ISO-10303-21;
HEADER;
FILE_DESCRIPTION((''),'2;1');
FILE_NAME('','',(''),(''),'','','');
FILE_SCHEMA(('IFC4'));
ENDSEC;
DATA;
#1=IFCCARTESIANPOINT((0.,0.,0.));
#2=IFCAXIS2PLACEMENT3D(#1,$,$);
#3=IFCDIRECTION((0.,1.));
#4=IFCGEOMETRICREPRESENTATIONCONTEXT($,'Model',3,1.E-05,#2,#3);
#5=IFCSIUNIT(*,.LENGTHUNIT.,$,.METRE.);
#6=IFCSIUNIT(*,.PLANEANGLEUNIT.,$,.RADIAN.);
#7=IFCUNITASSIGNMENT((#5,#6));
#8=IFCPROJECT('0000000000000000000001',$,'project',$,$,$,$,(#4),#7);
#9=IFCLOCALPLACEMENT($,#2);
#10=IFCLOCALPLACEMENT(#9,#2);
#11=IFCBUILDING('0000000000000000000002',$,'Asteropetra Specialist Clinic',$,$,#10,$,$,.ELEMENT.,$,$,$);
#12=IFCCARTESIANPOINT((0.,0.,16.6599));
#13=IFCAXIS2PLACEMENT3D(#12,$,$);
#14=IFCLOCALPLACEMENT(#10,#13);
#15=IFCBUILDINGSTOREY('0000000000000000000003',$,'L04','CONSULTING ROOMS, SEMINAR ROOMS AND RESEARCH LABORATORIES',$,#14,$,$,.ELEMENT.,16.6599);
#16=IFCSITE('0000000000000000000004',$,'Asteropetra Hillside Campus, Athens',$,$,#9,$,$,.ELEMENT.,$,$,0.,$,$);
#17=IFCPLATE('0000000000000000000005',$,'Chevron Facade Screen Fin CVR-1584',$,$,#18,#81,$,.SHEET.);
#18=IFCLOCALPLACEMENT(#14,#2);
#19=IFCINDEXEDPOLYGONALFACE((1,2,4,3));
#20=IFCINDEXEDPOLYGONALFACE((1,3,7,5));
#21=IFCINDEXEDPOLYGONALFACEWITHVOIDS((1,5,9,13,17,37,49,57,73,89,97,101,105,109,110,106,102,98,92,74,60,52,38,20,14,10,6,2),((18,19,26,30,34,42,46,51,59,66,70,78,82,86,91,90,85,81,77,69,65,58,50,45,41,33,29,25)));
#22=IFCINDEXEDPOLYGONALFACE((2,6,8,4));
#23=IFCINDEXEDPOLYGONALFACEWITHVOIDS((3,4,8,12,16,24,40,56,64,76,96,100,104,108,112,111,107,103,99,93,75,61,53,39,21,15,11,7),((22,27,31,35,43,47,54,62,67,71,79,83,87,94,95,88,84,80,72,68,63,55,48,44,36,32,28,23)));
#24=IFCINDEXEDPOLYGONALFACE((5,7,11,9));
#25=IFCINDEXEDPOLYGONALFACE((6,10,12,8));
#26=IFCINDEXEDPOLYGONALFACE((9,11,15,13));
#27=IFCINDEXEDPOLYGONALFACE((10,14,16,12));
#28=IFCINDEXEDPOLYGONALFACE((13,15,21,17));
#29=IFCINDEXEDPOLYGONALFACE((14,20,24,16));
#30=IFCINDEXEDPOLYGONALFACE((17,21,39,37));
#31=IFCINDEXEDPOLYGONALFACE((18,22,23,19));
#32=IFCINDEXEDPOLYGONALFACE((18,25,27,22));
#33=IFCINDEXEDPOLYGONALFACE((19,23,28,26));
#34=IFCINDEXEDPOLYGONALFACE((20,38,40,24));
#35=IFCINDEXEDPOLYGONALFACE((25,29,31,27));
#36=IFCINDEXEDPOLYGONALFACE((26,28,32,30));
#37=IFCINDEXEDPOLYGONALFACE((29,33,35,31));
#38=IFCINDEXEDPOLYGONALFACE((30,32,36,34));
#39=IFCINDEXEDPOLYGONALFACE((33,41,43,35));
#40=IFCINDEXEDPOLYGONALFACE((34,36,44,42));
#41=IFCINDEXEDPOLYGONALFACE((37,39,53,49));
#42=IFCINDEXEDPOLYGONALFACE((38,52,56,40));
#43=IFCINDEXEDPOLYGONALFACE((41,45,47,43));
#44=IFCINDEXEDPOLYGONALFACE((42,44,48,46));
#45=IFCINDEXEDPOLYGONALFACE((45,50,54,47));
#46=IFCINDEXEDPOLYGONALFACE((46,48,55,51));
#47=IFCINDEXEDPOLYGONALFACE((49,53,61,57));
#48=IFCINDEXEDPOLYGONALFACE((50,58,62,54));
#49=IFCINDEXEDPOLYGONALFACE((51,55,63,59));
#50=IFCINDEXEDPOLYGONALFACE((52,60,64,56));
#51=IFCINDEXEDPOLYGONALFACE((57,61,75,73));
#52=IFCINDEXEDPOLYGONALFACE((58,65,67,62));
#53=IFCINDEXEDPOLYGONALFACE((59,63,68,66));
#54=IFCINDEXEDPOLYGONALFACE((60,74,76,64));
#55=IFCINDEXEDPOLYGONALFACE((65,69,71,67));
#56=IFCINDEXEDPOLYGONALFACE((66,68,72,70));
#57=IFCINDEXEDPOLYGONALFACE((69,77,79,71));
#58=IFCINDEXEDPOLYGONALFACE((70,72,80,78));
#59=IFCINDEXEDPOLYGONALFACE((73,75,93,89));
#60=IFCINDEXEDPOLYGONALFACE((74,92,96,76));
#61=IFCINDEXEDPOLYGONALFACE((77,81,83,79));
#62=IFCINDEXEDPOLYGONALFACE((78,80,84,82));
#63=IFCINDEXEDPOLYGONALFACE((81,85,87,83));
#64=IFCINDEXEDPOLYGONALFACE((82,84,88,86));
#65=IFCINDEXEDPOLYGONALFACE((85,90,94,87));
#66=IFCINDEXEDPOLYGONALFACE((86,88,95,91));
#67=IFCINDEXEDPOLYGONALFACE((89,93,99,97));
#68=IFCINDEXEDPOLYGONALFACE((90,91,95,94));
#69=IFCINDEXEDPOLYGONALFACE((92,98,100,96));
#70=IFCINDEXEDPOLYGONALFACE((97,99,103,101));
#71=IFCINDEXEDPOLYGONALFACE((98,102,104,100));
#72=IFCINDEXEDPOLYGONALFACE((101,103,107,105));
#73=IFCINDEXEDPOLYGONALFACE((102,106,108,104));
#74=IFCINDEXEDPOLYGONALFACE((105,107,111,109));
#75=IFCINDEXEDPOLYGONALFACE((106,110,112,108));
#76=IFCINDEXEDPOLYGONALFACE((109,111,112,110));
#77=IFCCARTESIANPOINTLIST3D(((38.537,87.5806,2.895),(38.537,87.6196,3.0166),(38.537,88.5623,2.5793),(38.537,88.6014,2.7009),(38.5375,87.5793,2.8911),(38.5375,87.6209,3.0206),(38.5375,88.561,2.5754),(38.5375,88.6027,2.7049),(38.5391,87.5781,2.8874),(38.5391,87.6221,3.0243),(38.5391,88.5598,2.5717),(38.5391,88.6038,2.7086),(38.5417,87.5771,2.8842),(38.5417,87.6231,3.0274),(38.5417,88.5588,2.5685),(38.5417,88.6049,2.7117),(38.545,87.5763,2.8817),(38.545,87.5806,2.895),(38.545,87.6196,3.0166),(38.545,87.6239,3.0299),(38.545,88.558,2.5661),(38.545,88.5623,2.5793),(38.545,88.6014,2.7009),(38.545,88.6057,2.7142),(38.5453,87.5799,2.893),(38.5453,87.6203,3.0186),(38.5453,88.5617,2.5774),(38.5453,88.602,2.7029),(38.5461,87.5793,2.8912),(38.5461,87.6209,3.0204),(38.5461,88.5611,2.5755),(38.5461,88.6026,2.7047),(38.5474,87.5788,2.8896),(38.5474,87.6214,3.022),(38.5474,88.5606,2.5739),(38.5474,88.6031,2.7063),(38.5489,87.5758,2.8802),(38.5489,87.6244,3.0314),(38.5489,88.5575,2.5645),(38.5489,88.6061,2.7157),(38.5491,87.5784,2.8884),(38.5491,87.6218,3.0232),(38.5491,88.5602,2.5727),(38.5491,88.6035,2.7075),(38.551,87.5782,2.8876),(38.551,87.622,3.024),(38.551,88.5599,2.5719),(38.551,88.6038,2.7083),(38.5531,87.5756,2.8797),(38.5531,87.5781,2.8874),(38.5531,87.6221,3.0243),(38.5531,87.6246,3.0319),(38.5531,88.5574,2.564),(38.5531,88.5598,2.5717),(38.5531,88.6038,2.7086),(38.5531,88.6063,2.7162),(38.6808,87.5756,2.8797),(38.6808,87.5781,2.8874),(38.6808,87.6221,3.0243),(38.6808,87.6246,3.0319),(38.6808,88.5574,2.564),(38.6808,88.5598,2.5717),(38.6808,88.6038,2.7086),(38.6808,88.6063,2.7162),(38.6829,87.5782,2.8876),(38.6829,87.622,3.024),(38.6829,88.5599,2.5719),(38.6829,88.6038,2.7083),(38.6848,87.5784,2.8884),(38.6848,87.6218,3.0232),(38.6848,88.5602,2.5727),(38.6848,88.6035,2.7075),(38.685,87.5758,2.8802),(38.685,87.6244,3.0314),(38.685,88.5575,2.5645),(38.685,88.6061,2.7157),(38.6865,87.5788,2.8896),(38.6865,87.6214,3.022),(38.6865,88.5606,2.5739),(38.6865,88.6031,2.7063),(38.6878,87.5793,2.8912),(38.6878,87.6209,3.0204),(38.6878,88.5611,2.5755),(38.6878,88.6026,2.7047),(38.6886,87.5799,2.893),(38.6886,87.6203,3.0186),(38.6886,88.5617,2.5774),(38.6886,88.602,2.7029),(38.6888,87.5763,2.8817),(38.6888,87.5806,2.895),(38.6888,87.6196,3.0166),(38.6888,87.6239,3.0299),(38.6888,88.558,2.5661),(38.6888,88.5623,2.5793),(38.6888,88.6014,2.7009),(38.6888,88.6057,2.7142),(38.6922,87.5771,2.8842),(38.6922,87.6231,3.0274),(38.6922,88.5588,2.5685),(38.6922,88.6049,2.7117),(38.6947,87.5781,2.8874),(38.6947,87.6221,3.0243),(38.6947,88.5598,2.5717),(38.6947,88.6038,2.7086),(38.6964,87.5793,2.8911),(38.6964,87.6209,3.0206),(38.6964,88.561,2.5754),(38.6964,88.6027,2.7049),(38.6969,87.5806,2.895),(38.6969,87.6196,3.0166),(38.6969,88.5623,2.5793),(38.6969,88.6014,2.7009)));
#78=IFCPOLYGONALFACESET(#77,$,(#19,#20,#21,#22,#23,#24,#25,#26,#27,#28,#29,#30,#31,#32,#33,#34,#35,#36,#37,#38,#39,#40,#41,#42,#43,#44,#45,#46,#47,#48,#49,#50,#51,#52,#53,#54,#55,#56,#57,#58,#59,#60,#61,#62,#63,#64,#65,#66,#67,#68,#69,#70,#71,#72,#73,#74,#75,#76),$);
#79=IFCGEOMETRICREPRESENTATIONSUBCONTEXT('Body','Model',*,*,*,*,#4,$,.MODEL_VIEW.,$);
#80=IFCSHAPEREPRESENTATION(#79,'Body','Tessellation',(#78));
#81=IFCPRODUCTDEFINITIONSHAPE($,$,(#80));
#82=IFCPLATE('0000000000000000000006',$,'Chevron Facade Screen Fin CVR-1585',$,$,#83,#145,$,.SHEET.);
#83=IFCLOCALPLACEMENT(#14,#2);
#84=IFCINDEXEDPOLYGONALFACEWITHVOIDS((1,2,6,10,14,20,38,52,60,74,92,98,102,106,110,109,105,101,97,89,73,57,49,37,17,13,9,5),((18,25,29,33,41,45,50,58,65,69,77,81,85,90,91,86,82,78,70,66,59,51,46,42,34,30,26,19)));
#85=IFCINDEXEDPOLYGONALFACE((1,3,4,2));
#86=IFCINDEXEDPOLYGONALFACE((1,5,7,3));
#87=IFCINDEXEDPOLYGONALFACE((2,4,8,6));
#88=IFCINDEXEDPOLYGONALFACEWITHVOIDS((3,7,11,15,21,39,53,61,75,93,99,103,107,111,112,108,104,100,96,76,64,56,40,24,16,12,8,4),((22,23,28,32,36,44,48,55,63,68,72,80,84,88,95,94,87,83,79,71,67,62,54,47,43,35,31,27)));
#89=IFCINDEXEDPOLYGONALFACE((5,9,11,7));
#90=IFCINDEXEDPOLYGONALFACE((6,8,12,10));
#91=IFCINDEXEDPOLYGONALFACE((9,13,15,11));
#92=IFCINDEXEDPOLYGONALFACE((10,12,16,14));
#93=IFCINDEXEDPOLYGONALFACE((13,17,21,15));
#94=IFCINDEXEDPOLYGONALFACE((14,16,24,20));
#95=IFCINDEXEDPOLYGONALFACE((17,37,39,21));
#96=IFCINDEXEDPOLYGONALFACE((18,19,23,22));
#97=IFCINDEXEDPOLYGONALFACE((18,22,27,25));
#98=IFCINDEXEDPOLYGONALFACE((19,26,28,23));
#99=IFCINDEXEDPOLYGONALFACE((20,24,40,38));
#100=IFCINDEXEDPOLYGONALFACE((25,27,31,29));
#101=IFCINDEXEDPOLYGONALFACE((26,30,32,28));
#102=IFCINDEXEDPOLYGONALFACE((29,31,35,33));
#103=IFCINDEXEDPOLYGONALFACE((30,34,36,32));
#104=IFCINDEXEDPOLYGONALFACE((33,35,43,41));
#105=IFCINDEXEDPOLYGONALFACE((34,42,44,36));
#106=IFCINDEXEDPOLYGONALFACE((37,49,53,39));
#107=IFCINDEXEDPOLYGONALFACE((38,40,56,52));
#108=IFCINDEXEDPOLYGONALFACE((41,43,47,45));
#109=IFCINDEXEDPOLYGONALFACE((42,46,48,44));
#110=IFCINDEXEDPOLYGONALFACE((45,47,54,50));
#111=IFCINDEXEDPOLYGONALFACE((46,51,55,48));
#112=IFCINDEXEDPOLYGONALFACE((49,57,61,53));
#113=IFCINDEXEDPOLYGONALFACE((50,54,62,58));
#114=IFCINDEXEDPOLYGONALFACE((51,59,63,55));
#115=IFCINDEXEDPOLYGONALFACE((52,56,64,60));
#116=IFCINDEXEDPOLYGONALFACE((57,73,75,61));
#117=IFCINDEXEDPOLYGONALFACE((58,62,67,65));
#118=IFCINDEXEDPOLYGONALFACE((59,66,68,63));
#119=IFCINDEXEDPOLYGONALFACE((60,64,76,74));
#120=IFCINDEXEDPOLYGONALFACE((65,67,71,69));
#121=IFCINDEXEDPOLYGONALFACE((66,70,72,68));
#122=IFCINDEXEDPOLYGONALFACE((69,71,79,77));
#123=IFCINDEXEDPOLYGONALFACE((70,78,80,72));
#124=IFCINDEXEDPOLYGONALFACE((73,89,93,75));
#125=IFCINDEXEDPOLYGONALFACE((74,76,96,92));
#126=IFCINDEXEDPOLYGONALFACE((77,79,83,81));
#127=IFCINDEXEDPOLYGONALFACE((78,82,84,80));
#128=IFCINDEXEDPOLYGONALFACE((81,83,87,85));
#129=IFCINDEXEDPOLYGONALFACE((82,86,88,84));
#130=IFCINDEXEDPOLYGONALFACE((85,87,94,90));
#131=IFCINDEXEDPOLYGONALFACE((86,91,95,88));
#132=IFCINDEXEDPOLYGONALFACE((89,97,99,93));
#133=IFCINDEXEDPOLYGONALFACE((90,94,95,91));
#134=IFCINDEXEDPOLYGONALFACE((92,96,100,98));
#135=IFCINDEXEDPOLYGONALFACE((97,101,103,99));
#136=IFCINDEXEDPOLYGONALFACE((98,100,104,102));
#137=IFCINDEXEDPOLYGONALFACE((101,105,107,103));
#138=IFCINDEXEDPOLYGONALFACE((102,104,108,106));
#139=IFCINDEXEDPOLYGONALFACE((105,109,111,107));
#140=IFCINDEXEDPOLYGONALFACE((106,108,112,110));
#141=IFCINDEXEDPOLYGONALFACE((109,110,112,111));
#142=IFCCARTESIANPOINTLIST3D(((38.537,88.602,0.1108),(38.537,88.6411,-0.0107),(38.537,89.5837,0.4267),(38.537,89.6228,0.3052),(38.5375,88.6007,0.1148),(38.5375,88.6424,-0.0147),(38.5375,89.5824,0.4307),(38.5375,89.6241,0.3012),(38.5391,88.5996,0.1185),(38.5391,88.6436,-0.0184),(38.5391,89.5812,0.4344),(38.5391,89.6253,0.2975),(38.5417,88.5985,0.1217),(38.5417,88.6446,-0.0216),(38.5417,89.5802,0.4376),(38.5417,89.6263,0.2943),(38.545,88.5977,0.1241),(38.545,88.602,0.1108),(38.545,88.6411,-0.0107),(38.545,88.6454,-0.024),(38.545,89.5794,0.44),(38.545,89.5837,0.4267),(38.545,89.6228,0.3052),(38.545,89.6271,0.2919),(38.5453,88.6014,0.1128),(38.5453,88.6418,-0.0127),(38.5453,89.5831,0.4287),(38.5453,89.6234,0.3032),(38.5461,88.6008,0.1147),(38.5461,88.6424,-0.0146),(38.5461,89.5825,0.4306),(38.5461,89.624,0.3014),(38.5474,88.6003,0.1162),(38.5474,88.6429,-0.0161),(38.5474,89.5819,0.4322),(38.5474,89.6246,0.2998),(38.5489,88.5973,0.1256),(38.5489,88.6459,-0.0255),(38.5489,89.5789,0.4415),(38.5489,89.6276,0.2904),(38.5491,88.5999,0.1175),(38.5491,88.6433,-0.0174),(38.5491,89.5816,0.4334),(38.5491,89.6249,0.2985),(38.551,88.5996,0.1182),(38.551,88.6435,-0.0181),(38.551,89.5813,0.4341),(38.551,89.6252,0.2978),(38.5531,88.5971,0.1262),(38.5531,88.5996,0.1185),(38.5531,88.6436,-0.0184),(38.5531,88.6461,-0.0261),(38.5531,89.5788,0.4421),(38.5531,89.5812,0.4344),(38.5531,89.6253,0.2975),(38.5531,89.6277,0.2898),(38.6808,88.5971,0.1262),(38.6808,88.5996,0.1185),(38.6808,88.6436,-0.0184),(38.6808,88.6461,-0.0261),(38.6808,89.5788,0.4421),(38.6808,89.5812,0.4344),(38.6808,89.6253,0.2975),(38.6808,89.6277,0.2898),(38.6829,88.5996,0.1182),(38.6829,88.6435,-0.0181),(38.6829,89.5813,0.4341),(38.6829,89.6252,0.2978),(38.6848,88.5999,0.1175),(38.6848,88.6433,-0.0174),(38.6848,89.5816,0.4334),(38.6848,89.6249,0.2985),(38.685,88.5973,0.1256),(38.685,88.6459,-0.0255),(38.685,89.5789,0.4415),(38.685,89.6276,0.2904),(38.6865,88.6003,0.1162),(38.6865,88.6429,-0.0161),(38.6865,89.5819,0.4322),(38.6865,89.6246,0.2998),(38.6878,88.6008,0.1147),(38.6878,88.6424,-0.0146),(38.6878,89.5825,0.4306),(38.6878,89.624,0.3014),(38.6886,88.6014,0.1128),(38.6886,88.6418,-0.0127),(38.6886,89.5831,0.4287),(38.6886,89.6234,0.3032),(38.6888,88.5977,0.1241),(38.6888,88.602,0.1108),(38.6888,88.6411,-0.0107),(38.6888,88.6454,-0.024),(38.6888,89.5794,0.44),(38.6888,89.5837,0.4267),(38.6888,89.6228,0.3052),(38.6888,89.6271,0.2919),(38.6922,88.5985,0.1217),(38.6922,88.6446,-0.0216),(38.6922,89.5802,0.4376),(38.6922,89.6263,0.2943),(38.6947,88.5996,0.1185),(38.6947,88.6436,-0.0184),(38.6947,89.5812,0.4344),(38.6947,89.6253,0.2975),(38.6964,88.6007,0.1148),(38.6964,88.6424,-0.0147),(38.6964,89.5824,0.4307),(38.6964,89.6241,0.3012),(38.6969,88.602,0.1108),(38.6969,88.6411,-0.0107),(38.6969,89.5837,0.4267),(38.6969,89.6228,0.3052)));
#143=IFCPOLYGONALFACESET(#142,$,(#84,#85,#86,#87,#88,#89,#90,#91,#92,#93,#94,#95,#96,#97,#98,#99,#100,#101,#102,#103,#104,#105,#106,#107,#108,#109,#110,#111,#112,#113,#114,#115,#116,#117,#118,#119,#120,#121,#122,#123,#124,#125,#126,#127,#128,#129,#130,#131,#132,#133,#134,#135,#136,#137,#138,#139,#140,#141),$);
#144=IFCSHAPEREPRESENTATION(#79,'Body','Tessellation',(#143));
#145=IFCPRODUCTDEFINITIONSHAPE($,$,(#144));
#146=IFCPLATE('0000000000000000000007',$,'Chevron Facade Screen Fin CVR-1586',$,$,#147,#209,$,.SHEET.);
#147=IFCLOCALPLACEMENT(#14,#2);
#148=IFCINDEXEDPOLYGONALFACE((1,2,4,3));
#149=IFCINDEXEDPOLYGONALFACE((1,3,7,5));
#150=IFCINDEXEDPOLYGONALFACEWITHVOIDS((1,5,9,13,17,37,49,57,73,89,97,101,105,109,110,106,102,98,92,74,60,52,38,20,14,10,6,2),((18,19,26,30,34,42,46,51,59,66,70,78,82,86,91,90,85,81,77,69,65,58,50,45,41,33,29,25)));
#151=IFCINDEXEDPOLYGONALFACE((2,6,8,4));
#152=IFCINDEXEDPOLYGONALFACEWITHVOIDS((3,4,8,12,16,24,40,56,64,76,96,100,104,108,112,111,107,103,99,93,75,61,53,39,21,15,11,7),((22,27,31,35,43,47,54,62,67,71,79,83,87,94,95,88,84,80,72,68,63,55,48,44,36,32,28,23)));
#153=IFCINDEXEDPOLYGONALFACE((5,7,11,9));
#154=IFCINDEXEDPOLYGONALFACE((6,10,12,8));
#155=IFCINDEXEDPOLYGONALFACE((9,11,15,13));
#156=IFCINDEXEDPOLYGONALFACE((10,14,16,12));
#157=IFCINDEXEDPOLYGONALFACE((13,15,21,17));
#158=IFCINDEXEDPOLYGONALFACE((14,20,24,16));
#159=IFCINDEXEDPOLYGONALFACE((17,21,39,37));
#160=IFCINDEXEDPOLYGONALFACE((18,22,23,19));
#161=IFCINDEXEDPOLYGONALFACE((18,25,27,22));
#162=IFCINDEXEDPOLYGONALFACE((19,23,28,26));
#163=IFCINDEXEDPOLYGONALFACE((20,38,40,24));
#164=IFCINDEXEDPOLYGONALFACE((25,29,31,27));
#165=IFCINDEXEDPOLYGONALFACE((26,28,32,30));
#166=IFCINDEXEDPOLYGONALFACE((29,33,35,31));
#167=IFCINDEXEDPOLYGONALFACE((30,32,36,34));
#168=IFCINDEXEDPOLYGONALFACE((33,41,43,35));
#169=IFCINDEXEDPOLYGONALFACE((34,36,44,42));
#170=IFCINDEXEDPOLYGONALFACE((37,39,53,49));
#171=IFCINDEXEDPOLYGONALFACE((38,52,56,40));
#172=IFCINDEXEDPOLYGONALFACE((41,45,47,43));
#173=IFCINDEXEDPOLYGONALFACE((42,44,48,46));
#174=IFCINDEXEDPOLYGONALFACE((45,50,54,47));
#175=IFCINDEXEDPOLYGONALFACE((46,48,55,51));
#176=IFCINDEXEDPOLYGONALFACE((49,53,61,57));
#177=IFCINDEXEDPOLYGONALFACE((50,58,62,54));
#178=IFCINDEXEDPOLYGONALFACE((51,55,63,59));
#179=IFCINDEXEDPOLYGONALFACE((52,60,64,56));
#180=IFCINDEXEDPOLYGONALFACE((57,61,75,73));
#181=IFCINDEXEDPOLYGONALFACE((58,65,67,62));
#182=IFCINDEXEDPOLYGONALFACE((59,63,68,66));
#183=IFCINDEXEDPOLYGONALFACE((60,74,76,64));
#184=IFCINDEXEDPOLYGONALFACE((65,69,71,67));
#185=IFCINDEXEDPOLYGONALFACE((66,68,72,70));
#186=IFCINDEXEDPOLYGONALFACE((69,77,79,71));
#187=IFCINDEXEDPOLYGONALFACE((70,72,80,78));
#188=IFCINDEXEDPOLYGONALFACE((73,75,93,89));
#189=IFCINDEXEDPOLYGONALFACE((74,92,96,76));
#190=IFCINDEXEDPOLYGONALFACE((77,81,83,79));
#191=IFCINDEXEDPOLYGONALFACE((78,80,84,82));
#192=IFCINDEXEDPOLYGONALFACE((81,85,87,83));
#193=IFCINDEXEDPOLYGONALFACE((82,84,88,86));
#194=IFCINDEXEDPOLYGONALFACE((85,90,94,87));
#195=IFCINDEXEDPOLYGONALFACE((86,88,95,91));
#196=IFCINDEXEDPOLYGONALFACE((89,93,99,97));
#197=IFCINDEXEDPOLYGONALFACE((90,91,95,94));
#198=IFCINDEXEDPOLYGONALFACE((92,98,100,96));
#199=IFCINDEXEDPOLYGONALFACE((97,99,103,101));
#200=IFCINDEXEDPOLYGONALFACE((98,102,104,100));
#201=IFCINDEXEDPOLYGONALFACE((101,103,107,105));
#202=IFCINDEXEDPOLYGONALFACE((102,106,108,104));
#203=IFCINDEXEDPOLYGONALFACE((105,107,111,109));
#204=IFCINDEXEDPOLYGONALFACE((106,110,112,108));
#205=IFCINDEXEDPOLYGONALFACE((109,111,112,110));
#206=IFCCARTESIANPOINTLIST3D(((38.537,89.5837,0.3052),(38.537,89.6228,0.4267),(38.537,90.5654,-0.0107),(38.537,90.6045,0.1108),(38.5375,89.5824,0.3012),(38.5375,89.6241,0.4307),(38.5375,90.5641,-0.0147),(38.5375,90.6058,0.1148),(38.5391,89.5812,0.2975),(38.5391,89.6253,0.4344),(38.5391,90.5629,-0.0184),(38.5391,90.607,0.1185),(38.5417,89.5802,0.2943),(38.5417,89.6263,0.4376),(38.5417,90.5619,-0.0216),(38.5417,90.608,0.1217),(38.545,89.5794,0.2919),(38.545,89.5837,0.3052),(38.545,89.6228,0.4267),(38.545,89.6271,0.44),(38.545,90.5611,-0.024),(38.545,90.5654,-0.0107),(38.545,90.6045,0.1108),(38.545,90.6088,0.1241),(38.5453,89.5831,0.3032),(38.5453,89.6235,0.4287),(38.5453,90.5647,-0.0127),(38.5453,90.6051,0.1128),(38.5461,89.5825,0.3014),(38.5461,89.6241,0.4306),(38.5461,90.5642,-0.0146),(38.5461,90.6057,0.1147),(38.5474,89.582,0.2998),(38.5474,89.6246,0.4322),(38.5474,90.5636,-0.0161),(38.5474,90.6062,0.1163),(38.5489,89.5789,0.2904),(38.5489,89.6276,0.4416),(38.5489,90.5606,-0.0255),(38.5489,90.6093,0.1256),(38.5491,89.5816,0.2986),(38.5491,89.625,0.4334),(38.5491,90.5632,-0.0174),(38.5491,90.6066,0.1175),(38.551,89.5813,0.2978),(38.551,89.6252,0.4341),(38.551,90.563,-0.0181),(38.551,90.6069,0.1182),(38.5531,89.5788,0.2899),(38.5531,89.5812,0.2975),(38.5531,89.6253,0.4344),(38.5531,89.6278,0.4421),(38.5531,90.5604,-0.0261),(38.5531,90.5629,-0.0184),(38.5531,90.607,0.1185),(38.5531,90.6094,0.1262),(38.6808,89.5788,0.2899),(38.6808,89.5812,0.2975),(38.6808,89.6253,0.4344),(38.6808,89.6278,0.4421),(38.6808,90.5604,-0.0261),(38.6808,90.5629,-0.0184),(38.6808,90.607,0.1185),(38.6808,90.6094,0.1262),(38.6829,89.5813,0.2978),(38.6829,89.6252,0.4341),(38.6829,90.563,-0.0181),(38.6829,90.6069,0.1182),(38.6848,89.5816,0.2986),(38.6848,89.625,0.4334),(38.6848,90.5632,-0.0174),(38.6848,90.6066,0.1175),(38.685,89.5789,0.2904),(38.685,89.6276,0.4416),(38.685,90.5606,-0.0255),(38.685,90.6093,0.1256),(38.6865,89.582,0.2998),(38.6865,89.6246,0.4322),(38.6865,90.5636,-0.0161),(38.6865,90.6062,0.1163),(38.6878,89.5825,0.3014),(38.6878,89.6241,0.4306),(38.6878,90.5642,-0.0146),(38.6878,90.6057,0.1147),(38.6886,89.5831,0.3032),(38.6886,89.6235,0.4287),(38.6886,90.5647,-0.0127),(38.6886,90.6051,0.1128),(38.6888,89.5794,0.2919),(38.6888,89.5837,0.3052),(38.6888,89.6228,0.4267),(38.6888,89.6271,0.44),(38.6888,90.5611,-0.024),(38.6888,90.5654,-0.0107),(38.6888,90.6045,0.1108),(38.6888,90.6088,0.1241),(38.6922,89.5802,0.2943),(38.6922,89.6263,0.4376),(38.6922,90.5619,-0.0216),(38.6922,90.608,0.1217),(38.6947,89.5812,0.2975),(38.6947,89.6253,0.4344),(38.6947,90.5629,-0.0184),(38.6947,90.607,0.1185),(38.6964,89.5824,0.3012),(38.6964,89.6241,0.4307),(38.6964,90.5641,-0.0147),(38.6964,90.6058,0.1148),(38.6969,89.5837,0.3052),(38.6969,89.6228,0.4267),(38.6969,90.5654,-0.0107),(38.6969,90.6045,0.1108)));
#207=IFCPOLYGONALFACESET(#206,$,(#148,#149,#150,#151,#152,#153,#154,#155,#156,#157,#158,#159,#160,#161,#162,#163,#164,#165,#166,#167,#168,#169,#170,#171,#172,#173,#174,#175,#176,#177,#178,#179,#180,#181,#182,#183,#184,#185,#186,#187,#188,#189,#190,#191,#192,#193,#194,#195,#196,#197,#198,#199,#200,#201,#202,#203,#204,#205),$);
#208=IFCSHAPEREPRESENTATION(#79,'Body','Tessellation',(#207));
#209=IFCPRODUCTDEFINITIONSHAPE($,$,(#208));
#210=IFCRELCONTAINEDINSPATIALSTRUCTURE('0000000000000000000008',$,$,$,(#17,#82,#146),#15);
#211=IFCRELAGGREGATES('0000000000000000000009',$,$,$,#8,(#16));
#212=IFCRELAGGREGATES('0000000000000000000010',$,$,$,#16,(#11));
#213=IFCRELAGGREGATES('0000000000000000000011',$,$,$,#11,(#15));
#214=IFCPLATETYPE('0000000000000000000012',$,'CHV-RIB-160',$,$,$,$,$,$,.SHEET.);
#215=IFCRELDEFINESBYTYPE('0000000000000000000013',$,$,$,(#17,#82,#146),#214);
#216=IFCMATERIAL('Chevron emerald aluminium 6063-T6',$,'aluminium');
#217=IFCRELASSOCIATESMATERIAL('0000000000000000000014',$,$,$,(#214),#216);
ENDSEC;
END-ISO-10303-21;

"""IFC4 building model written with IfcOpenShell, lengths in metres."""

from ifc_helpers import new_model, si_unit, direction, frame, origin, origin_2d, place, context, subcontext, project, spatial, hollow_rectangle, extrude, material, material_profile, profile_set, type_object, element, save


model = new_model("IFC4")

# Units and contexts
model_context = context("Model", 3, precision=1e-05, world=origin(), true_north=direction((0.0, 1.0)))
body_context = subcontext(model_context, "Body", "Model", "MODEL_VIEW")
ifc_project = project(units=[si_unit("LENGTHUNIT", "METRE"), si_unit("PLANEANGLEUNIT", "RADIAN")], contexts=[model_context])

# Site, building, storey
site_placement = place(None, origin())
site = spatial("IfcSite", under=ifc_project, at=site_placement, Name="Asteropetra Hillside Campus, Athens", CompositionType="ELEMENT", RefElevation=0.0)
building_placement = place(site_placement, origin())
building = spatial("IfcBuilding", under=site, at=building_placement, Name="Asteropetra Specialist Clinic", CompositionType="ELEMENT")
storey_placement = place(building_placement, frame((0.0, 0.0, 16.6599)))
storey = spatial("IfcBuildingStorey", under=building, at=storey_placement, Name="L04", Description="CONSULTING ROOMS, SEMINAR ROOMS AND RESEARCH LABORATORIES", CompositionType="ELEMENT", Elevation=16.6599)

# Plates
ifc_material_1 = material(Name="Chevron emerald aluminium 6063-T6", Category="aluminium")
ifc_material_profile = material_profile(ifc_material_1, hollow_rectangle(XDim=0.1599, YDim=0.1599, WallThickness=0.0081, InnerFilletRadius=0.0081, OuterFilletRadius=0.0161, at=origin_2d()), Name="SHS 160x160x8.0")
ifc_profile_set = profile_set([ifc_material_profile], Name="Chevron emerald aluminium 6063-T6")
plate_type = type_object("IfcPlateType", Name="CHV-RIB-160", PredefinedType="SHEET", material=ifc_profile_set)
for number, where, z_axis, x_axis, name in (
    (1, (38.6169, 87.6001, 2.9558), (0.0, 0.951992, -0.306124), (-1.0, 0.0, 0.0), "Chevron Facade Screen Fin CVR-1584"),
    (2, (38.6169, 88.6216, 0.05), (0.0, 0.951923, 0.306339), (-1.0, 0.0, 0.0), "Chevron Facade Screen Fin CVR-1585"),
    (3, (38.6169, 89.6033, 0.366), (0.0, 0.951923, -0.306339), (-1.0, 0.0, 0.0), "Chevron Facade Screen Fin CVR-1586"),
):
    element("IfcPlate", number, at=place(storey_placement, frame(where, z_axis=z_axis, x_axis=x_axis)), inside=storey, type_object=plate_type, Name=name, PredefinedType="SHEET", context=body_context, shape_type="SweptSolid", body=[
        extrude(hollow_rectangle(XDim=0.1599, YDim=0.1599, WallThickness=0.0081, InnerFilletRadius=0.0081, OuterFilletRadius=0.0161, at=origin_2d()), origin(), (0.0, 0.0, 1.0), 1.0312),
    ])

save(model, "model.ifc")
